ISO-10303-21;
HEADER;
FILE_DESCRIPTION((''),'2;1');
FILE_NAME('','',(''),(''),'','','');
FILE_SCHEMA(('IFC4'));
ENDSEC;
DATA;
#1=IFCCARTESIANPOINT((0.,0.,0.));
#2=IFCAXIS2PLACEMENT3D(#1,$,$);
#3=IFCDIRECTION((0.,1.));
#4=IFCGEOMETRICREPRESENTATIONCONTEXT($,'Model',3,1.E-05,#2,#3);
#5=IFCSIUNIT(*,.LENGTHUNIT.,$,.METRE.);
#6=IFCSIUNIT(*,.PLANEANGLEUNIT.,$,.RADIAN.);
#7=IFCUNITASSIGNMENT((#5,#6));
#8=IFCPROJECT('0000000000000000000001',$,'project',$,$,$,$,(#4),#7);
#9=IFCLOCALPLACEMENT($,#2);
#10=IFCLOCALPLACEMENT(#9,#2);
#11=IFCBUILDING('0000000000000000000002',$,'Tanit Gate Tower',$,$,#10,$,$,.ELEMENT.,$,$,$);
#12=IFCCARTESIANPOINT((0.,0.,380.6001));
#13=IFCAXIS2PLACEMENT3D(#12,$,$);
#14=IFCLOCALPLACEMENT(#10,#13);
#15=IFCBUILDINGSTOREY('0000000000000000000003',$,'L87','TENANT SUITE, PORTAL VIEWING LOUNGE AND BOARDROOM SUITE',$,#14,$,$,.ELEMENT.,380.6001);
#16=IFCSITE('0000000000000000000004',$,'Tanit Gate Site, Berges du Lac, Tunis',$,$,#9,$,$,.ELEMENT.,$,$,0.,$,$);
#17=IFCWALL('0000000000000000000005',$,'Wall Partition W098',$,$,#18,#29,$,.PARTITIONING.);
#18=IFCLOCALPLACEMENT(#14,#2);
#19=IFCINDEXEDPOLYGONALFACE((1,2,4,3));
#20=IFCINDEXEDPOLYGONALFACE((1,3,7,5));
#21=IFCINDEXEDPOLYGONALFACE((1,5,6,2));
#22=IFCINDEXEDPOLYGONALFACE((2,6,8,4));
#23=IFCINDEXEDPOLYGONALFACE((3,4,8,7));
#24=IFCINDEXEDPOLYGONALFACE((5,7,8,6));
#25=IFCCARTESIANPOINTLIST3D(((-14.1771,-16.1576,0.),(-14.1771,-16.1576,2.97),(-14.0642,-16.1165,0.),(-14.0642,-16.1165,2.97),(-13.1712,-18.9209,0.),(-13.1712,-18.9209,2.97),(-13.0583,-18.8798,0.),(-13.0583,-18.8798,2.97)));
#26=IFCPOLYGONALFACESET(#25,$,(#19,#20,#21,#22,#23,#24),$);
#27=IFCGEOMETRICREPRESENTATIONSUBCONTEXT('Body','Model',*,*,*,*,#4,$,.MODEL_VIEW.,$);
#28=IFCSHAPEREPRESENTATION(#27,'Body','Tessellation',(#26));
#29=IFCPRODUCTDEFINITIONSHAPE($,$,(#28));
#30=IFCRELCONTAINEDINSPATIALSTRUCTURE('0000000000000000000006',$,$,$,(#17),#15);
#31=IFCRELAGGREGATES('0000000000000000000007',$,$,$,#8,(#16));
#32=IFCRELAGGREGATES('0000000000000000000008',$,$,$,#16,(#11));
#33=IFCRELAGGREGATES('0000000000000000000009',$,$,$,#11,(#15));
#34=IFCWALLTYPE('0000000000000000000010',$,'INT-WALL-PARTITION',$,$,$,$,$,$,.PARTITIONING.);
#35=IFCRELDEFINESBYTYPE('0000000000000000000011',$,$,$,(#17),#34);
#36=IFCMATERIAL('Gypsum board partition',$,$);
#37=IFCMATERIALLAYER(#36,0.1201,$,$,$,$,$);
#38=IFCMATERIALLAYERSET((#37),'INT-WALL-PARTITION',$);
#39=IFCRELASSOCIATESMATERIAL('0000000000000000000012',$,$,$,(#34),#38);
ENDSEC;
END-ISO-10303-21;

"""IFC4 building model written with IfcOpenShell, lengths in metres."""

from ifc_helpers import new_model, si_unit, direction, frame, frame_2d, origin, place, context, subcontext, project, spatial, rectangle, extrude, material, layer, layer_set, type_object, element, save


model = new_model("IFC4")

# Units and contexts
model_context = context("Model", 3, precision=1e-05, world=origin(), true_north=direction((0.0, 1.0)))
body_context = subcontext(model_context, "Body", "Model", "MODEL_VIEW")
ifc_project = project(units=[si_unit("LENGTHUNIT", "METRE"), si_unit("PLANEANGLEUNIT", "RADIAN")], contexts=[model_context])

# Site, building, storey
site_placement = place(None, origin())
site = spatial("IfcSite", under=ifc_project, at=site_placement, Name="Tanit Gate Site, Berges du Lac, Tunis", CompositionType="ELEMENT", RefElevation=0.0)
building_placement = place(site_placement, origin())
building = spatial("IfcBuilding", under=site, at=building_placement, Name="Tanit Gate Tower", CompositionType="ELEMENT")
storey_placement = place(building_placement, frame((0.0, 0.0, 380.6001)))
storey = spatial("IfcBuildingStorey", under=building, at=storey_placement, Name="L87", Description="TENANT SUITE, PORTAL VIEWING LOUNGE AND BOARDROOM SUITE", CompositionType="ELEMENT", Elevation=380.6001)

# Wall
ifc_material_1 = material(Name="Gypsum board partition")
ifc_layer_1 = layer(ifc_material_1, 0.1201)
ifc_layer_set_1 = layer_set([ifc_layer_1], Name="INT-WALL-PARTITION")
wall_type_1 = type_object("IfcWallType", Name="INT-WALL-PARTITION", PredefinedType="PARTITIONING", material=ifc_layer_set_1)
wall_1_placement = place(storey_placement, frame((-14.1206, -16.1372, 0.0), z_axis=(0.0, 0.0, 1.0), x_axis=(0.342063, -0.939677, 0.0)))
element("IfcWall", 1, at=wall_1_placement, inside=storey, type_object=wall_type_1, Name="Wall Partition W098", PredefinedType="PARTITIONING", context=body_context, shape_type="SweptSolid", body=[
    extrude(rectangle(XDim=2.9407, YDim=0.1201, at=frame_2d((1.4702, 0.0))), origin(), (0.0, 0.0, 1.0), 2.97),
])

save(model, "model.ifc")
